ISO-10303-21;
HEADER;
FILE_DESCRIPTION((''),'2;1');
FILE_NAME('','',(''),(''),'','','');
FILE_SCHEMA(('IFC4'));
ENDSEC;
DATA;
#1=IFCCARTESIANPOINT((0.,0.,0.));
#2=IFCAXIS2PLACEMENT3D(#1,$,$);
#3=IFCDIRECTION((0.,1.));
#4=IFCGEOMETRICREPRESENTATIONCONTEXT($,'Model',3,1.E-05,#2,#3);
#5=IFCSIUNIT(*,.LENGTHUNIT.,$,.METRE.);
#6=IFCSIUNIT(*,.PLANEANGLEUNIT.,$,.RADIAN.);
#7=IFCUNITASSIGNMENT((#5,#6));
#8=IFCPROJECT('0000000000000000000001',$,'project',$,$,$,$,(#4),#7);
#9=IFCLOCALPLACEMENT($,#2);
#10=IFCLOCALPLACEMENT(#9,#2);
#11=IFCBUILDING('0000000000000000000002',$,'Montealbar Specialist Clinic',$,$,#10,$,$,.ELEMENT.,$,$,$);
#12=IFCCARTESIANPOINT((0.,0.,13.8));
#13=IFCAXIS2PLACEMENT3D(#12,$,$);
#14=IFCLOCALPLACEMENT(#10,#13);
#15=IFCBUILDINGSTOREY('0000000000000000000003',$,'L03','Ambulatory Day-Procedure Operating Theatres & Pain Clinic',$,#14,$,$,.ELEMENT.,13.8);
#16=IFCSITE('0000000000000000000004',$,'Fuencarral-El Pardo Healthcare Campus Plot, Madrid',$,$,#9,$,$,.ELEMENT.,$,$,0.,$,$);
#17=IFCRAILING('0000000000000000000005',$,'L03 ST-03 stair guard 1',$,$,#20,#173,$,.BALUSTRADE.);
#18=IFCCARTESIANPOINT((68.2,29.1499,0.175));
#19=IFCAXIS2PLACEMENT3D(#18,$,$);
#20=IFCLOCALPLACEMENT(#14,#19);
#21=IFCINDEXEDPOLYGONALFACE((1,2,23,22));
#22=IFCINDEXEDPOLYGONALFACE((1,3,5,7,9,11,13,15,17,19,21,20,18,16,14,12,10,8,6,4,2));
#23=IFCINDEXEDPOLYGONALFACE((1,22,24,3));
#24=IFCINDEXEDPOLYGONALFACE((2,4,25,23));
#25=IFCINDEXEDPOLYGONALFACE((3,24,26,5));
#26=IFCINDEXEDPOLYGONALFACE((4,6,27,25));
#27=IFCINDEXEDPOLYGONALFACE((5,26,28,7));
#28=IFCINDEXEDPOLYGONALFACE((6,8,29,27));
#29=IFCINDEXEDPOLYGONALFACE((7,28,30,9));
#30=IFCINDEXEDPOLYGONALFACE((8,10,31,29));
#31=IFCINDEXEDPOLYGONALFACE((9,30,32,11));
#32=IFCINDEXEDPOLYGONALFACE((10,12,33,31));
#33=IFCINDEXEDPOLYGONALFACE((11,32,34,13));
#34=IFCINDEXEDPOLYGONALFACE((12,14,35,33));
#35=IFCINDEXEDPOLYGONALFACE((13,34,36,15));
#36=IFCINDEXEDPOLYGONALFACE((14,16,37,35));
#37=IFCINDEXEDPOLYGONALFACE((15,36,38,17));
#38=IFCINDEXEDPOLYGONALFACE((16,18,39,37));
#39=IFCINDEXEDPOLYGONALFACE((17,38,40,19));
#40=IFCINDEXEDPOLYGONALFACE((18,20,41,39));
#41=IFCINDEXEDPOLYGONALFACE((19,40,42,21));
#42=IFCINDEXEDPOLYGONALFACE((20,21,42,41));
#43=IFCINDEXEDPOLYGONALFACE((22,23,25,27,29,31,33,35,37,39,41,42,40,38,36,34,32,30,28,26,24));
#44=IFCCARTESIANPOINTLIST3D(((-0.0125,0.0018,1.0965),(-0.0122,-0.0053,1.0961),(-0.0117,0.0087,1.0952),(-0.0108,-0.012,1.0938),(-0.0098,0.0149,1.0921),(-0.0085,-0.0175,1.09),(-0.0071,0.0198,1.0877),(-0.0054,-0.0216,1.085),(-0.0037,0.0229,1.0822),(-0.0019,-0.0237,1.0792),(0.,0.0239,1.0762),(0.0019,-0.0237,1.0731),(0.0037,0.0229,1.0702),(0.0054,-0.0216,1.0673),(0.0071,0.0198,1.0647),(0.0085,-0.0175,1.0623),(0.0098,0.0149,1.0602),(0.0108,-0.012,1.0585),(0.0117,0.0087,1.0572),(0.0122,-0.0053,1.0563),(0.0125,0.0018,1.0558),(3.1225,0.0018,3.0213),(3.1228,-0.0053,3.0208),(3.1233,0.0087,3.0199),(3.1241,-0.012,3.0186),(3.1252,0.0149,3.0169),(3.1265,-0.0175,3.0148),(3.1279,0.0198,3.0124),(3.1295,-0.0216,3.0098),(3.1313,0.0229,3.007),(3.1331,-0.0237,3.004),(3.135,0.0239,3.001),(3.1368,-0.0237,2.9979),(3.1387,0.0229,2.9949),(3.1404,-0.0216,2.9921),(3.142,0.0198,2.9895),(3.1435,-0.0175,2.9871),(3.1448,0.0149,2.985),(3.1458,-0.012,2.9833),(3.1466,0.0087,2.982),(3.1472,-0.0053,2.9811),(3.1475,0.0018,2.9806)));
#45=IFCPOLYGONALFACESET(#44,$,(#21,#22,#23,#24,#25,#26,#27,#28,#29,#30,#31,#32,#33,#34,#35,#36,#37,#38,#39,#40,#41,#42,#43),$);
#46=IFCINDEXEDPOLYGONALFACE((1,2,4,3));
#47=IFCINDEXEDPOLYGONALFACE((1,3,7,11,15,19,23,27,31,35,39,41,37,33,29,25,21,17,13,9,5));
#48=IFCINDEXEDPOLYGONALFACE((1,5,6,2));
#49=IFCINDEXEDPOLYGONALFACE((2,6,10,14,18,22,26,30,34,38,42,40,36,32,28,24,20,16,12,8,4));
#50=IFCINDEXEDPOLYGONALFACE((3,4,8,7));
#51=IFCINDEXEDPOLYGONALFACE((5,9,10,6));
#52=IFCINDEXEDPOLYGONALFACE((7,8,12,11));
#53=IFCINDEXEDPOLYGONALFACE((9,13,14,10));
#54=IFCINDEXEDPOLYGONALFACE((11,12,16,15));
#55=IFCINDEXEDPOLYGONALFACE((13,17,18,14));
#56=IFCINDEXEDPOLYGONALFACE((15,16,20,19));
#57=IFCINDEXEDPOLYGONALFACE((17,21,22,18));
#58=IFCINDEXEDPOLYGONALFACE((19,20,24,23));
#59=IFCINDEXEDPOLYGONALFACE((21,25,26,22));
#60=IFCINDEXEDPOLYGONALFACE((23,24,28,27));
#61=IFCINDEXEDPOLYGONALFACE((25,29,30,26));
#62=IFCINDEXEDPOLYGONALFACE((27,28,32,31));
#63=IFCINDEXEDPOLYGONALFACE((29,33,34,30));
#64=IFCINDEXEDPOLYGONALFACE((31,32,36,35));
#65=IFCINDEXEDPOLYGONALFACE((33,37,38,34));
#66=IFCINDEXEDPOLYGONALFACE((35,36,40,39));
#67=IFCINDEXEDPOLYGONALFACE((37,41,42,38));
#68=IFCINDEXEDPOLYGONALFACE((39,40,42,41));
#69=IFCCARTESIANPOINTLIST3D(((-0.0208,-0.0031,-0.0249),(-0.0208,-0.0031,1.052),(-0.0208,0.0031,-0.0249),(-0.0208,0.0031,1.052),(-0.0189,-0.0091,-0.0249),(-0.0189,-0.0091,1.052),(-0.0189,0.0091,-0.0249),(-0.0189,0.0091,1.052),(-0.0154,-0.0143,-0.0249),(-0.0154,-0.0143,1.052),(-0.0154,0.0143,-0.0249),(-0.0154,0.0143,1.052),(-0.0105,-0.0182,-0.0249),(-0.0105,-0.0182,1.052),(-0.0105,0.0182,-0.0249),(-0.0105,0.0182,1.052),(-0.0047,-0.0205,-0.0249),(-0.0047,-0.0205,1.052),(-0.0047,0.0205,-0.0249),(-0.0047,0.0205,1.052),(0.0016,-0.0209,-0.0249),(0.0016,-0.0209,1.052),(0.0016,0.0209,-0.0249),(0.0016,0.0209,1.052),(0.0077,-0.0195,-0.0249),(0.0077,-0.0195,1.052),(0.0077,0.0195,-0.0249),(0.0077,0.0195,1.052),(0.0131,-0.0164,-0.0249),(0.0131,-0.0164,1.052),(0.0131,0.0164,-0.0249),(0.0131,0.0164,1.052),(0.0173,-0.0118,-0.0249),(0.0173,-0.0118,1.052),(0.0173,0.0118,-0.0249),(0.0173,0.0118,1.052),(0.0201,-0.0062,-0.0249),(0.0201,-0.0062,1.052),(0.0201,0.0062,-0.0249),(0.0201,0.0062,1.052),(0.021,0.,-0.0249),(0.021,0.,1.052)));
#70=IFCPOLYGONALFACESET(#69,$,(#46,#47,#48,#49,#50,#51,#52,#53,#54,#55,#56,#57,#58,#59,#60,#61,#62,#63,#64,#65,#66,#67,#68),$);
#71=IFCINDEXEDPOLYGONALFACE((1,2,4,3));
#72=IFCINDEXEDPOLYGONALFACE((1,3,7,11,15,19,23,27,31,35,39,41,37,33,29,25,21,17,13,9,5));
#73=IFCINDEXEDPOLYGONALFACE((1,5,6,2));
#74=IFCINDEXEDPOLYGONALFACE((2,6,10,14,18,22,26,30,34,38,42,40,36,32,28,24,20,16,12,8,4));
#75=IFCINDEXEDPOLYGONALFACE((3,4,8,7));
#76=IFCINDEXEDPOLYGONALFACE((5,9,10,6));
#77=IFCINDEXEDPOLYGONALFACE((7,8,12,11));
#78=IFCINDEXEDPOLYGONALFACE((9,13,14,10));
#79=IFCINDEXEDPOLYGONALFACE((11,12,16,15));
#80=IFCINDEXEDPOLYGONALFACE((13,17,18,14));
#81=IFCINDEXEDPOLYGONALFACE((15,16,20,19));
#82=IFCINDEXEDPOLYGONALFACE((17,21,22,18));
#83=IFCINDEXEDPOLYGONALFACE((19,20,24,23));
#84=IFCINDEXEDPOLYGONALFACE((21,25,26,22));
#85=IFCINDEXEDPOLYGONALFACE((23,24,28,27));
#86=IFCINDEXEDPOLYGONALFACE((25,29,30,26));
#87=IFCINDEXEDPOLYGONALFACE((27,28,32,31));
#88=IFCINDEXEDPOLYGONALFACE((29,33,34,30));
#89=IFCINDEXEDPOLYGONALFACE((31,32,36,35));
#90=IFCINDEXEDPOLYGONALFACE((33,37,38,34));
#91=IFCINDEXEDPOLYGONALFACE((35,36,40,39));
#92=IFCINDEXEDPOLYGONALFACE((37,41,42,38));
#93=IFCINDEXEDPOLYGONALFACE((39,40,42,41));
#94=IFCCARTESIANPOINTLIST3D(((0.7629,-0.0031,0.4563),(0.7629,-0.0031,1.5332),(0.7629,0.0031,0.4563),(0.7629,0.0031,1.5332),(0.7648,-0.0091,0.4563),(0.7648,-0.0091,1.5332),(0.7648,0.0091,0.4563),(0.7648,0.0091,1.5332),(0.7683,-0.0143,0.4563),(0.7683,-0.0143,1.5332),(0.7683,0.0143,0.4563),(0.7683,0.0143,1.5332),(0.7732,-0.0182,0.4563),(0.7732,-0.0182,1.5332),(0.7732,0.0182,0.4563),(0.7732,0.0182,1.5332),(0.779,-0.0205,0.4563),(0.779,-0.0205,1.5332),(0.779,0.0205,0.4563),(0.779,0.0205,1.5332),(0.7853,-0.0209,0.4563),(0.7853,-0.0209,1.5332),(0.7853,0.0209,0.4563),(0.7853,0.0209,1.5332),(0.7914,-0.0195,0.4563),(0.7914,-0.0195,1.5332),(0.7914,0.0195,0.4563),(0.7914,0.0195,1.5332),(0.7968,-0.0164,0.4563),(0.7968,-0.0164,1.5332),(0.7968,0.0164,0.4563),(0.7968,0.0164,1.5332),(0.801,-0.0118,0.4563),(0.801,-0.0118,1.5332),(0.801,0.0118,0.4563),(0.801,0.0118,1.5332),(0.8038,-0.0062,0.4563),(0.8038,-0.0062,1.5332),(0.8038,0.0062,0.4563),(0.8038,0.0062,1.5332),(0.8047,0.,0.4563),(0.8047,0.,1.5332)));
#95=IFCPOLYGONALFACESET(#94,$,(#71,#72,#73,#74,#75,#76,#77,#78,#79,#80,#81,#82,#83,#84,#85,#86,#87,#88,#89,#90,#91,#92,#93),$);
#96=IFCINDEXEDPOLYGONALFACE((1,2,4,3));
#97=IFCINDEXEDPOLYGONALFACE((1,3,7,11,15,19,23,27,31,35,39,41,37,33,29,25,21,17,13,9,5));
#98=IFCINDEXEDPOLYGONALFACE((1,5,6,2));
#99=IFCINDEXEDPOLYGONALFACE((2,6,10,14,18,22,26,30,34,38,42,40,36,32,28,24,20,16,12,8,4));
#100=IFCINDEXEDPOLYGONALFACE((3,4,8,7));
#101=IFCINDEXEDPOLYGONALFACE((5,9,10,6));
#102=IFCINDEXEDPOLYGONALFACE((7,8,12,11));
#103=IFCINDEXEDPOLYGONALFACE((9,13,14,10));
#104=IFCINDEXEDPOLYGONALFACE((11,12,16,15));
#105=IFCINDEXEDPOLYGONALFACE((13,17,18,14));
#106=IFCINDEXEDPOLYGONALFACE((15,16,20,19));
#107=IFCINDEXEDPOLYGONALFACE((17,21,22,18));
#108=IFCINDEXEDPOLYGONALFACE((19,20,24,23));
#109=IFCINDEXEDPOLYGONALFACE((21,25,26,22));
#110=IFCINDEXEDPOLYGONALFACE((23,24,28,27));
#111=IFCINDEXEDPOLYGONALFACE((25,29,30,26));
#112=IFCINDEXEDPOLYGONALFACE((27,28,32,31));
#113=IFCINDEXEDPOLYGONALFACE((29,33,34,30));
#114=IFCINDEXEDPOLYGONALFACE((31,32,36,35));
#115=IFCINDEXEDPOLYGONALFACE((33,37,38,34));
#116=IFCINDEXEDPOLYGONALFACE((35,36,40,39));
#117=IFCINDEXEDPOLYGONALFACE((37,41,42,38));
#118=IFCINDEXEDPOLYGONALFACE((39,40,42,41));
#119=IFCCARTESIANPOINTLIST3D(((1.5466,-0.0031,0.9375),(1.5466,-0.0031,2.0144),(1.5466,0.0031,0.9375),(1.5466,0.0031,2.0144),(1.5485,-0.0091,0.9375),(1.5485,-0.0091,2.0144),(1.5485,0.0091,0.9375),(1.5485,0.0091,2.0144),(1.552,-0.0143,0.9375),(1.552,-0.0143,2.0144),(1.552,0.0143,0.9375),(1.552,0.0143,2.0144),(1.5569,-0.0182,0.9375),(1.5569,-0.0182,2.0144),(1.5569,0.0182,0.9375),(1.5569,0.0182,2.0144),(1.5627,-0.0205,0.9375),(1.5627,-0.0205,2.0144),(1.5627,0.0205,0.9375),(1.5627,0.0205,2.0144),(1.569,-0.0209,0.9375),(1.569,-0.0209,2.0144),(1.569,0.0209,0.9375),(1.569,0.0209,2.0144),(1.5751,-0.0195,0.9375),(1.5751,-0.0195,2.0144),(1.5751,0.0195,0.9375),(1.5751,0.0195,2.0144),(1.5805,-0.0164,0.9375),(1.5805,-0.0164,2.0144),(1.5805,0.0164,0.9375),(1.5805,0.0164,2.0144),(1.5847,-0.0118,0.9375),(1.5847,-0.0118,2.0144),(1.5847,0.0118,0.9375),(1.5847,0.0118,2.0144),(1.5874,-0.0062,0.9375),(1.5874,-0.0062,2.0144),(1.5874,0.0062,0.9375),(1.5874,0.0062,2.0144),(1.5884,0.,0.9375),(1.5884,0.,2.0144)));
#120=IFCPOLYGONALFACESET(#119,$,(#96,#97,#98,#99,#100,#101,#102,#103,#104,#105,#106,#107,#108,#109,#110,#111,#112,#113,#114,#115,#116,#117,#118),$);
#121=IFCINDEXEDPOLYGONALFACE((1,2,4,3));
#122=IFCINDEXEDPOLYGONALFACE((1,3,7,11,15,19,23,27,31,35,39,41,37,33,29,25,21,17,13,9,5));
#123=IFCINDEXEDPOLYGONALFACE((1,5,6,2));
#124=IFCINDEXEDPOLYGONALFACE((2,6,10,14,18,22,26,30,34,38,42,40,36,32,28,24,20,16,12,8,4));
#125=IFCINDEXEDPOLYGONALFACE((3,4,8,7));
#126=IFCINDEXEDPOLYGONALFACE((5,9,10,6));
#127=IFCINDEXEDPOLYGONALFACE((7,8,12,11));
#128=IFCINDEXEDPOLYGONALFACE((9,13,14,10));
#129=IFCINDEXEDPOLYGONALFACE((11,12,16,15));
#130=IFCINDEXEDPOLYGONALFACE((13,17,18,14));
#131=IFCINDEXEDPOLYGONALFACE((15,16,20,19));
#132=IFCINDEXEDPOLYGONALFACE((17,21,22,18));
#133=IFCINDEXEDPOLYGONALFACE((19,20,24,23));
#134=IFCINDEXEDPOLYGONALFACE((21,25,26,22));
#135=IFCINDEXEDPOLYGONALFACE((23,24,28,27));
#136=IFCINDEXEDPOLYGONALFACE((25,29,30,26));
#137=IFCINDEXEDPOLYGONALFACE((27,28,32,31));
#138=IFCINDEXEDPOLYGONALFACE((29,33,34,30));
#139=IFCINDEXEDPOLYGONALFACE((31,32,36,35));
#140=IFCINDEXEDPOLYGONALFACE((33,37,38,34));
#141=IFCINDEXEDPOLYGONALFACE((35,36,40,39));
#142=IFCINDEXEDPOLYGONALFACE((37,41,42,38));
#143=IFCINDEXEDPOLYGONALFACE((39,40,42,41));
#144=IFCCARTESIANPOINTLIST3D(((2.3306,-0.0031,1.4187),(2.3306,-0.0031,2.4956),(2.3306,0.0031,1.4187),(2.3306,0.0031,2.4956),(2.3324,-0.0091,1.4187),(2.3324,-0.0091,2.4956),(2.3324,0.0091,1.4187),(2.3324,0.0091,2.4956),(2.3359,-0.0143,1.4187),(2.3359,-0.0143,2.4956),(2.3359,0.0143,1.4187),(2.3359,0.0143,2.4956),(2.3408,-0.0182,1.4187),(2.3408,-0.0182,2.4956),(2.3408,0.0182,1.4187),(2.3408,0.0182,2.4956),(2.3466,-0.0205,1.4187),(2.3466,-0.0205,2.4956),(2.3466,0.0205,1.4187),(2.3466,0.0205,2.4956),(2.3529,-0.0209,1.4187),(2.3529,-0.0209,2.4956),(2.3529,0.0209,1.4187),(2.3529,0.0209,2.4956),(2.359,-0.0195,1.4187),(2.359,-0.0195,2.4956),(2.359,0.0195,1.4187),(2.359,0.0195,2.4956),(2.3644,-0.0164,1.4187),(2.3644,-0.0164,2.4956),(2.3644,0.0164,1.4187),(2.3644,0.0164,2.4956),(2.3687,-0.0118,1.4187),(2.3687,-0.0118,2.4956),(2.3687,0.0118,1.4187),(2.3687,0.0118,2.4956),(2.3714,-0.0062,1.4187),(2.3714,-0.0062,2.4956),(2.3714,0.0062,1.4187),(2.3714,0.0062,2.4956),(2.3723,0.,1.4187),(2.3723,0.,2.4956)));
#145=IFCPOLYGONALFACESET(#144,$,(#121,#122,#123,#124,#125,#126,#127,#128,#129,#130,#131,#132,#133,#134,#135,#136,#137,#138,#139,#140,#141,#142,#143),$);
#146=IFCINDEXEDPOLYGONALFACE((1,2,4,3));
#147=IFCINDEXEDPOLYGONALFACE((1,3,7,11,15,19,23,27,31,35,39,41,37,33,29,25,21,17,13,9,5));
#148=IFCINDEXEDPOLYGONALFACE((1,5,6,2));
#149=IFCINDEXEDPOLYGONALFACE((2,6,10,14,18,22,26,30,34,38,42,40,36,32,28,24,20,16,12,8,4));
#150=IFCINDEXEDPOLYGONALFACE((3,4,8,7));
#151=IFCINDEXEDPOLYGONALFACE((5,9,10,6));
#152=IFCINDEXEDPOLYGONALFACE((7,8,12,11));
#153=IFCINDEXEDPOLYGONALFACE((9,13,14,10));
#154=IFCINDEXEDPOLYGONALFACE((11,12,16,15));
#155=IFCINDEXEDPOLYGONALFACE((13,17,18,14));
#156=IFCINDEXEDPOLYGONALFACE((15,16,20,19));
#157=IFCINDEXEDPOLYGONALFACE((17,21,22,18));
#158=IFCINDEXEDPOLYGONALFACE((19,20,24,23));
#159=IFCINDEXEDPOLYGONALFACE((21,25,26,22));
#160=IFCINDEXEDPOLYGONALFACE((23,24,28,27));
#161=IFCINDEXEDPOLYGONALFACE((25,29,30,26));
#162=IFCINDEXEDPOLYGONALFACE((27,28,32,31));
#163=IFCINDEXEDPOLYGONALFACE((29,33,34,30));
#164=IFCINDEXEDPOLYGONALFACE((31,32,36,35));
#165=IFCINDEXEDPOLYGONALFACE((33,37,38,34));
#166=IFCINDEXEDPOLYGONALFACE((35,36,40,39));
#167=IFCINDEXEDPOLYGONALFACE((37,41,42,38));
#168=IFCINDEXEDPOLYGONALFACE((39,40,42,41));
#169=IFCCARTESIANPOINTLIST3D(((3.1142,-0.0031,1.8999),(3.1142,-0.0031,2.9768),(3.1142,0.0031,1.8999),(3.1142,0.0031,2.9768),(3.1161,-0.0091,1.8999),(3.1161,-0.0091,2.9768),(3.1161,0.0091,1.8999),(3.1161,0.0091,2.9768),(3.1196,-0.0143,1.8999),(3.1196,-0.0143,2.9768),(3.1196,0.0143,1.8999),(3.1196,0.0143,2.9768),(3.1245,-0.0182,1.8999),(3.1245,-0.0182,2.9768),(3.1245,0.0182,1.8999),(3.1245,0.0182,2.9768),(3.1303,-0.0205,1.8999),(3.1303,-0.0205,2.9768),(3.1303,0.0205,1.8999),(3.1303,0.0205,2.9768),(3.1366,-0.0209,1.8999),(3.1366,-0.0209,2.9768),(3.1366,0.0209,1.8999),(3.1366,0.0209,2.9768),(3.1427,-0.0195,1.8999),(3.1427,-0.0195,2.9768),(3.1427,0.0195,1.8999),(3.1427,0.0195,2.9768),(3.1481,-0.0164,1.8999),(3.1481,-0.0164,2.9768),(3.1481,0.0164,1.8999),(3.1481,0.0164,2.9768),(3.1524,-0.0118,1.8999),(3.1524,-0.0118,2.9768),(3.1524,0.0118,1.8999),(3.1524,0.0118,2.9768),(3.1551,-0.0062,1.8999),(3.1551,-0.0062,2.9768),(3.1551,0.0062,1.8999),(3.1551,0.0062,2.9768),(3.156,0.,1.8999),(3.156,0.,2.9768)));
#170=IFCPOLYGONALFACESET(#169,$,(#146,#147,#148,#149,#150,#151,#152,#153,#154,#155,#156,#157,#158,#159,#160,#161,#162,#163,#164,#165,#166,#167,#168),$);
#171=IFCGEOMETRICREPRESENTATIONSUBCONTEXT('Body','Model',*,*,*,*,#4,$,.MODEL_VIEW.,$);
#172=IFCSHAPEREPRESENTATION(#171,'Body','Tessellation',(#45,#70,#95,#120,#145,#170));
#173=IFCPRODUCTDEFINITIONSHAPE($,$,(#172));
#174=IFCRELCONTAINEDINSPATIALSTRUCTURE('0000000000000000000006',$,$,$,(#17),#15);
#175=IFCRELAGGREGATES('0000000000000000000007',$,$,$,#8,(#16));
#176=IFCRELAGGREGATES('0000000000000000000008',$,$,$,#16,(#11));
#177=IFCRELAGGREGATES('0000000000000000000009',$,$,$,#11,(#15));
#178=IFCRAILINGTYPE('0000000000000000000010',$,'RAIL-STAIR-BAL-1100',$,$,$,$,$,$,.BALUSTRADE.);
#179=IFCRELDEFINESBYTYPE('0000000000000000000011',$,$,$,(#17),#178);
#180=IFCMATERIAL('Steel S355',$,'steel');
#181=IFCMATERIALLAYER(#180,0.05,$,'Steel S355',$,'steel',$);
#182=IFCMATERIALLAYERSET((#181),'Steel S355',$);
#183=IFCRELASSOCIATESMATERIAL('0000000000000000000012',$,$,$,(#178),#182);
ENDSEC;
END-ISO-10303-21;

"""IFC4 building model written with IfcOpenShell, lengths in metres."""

from ifc_helpers import new_model, si_unit, direction, frame, origin, origin_2d, place, context, subcontext, project, spatial, circle, extrude, material, layer, layer_set, type_object, element, save


model = new_model("IFC4")

# Units and contexts
model_context = context("Model", 3, precision=1e-05, world=origin(), true_north=direction((0.0, 1.0)))
body_context = subcontext(model_context, "Body", "Model", "MODEL_VIEW")
ifc_project = project(units=[si_unit("LENGTHUNIT", "METRE"), si_unit("PLANEANGLEUNIT", "RADIAN")], contexts=[model_context])

# Site, building, storey
site_placement = place(None, origin())
site = spatial("IfcSite", under=ifc_project, at=site_placement, Name="Fuencarral-El Pardo Healthcare Campus Plot, Madrid", CompositionType="ELEMENT", RefElevation=0.0)
building_placement = place(site_placement, origin())
building = spatial("IfcBuilding", under=site, at=building_placement, Name="Montealbar Specialist Clinic", CompositionType="ELEMENT")
storey_placement = place(building_placement, frame((0.0, 0.0, 13.8)))
storey = spatial("IfcBuildingStorey", under=building, at=storey_placement, Name="L03", Description="Ambulatory Day-Procedure Operating Theatres & Pain Clinic", CompositionType="ELEMENT", Elevation=13.8)

# Shared definitions
ifc_material_1 = material(Name="Steel S355", Category="steel")

# Railing
ifc_layer_1 = layer(ifc_material_1, 0.05, Name="Steel S355", Category="steel")
ifc_layer_set_1 = layer_set([ifc_layer_1], Name="Steel S355")
railing_type_1 = type_object("IfcRailingType", Name="RAIL-STAIR-BAL-1100", PredefinedType="BALUSTRADE", material=ifc_layer_set_1)
railing_1_placement = place(storey_placement, frame((68.2, 29.1499, 0.175)))
element("IfcRailing", 1, at=railing_1_placement, inside=storey, type_object=railing_type_1, Name="L03 ST-03 stair guard 1", PredefinedType="BALUSTRADE", context=body_context, shape_type="SweptSolid", body=[
    extrude(circle(Radius=0.0239, at=origin_2d()), frame((0.0, 0.0, 1.0762), z_axis=(0.852196, 0.0, 0.523223), x_axis=(0.0, 1.0, 0.0)), (0.0, 0.0, 1.0), 3.6787),
    extrude(circle(Radius=0.021, at=origin_2d()), frame((0.0, 0.0, -0.0249)), (0.0, 0.0, 1.0), 1.0769),
    extrude(circle(Radius=0.021, at=origin_2d()), frame((0.7837, 0.0, 0.4563)), (0.0, 0.0, 1.0), 1.0769),
    extrude(circle(Radius=0.021, at=origin_2d()), frame((1.5674, 0.0, 0.9375)), (0.0, 0.0, 1.0), 1.0769),
    extrude(circle(Radius=0.021, at=origin_2d()), frame((2.3513, 0.0, 1.4187)), (0.0, 0.0, 1.0), 1.0769),
    extrude(circle(Radius=0.021, at=origin_2d()), frame((3.135, 0.0, 1.8999)), (0.0, 0.0, 1.0), 1.0769),
])

save(model, "model.ifc")
